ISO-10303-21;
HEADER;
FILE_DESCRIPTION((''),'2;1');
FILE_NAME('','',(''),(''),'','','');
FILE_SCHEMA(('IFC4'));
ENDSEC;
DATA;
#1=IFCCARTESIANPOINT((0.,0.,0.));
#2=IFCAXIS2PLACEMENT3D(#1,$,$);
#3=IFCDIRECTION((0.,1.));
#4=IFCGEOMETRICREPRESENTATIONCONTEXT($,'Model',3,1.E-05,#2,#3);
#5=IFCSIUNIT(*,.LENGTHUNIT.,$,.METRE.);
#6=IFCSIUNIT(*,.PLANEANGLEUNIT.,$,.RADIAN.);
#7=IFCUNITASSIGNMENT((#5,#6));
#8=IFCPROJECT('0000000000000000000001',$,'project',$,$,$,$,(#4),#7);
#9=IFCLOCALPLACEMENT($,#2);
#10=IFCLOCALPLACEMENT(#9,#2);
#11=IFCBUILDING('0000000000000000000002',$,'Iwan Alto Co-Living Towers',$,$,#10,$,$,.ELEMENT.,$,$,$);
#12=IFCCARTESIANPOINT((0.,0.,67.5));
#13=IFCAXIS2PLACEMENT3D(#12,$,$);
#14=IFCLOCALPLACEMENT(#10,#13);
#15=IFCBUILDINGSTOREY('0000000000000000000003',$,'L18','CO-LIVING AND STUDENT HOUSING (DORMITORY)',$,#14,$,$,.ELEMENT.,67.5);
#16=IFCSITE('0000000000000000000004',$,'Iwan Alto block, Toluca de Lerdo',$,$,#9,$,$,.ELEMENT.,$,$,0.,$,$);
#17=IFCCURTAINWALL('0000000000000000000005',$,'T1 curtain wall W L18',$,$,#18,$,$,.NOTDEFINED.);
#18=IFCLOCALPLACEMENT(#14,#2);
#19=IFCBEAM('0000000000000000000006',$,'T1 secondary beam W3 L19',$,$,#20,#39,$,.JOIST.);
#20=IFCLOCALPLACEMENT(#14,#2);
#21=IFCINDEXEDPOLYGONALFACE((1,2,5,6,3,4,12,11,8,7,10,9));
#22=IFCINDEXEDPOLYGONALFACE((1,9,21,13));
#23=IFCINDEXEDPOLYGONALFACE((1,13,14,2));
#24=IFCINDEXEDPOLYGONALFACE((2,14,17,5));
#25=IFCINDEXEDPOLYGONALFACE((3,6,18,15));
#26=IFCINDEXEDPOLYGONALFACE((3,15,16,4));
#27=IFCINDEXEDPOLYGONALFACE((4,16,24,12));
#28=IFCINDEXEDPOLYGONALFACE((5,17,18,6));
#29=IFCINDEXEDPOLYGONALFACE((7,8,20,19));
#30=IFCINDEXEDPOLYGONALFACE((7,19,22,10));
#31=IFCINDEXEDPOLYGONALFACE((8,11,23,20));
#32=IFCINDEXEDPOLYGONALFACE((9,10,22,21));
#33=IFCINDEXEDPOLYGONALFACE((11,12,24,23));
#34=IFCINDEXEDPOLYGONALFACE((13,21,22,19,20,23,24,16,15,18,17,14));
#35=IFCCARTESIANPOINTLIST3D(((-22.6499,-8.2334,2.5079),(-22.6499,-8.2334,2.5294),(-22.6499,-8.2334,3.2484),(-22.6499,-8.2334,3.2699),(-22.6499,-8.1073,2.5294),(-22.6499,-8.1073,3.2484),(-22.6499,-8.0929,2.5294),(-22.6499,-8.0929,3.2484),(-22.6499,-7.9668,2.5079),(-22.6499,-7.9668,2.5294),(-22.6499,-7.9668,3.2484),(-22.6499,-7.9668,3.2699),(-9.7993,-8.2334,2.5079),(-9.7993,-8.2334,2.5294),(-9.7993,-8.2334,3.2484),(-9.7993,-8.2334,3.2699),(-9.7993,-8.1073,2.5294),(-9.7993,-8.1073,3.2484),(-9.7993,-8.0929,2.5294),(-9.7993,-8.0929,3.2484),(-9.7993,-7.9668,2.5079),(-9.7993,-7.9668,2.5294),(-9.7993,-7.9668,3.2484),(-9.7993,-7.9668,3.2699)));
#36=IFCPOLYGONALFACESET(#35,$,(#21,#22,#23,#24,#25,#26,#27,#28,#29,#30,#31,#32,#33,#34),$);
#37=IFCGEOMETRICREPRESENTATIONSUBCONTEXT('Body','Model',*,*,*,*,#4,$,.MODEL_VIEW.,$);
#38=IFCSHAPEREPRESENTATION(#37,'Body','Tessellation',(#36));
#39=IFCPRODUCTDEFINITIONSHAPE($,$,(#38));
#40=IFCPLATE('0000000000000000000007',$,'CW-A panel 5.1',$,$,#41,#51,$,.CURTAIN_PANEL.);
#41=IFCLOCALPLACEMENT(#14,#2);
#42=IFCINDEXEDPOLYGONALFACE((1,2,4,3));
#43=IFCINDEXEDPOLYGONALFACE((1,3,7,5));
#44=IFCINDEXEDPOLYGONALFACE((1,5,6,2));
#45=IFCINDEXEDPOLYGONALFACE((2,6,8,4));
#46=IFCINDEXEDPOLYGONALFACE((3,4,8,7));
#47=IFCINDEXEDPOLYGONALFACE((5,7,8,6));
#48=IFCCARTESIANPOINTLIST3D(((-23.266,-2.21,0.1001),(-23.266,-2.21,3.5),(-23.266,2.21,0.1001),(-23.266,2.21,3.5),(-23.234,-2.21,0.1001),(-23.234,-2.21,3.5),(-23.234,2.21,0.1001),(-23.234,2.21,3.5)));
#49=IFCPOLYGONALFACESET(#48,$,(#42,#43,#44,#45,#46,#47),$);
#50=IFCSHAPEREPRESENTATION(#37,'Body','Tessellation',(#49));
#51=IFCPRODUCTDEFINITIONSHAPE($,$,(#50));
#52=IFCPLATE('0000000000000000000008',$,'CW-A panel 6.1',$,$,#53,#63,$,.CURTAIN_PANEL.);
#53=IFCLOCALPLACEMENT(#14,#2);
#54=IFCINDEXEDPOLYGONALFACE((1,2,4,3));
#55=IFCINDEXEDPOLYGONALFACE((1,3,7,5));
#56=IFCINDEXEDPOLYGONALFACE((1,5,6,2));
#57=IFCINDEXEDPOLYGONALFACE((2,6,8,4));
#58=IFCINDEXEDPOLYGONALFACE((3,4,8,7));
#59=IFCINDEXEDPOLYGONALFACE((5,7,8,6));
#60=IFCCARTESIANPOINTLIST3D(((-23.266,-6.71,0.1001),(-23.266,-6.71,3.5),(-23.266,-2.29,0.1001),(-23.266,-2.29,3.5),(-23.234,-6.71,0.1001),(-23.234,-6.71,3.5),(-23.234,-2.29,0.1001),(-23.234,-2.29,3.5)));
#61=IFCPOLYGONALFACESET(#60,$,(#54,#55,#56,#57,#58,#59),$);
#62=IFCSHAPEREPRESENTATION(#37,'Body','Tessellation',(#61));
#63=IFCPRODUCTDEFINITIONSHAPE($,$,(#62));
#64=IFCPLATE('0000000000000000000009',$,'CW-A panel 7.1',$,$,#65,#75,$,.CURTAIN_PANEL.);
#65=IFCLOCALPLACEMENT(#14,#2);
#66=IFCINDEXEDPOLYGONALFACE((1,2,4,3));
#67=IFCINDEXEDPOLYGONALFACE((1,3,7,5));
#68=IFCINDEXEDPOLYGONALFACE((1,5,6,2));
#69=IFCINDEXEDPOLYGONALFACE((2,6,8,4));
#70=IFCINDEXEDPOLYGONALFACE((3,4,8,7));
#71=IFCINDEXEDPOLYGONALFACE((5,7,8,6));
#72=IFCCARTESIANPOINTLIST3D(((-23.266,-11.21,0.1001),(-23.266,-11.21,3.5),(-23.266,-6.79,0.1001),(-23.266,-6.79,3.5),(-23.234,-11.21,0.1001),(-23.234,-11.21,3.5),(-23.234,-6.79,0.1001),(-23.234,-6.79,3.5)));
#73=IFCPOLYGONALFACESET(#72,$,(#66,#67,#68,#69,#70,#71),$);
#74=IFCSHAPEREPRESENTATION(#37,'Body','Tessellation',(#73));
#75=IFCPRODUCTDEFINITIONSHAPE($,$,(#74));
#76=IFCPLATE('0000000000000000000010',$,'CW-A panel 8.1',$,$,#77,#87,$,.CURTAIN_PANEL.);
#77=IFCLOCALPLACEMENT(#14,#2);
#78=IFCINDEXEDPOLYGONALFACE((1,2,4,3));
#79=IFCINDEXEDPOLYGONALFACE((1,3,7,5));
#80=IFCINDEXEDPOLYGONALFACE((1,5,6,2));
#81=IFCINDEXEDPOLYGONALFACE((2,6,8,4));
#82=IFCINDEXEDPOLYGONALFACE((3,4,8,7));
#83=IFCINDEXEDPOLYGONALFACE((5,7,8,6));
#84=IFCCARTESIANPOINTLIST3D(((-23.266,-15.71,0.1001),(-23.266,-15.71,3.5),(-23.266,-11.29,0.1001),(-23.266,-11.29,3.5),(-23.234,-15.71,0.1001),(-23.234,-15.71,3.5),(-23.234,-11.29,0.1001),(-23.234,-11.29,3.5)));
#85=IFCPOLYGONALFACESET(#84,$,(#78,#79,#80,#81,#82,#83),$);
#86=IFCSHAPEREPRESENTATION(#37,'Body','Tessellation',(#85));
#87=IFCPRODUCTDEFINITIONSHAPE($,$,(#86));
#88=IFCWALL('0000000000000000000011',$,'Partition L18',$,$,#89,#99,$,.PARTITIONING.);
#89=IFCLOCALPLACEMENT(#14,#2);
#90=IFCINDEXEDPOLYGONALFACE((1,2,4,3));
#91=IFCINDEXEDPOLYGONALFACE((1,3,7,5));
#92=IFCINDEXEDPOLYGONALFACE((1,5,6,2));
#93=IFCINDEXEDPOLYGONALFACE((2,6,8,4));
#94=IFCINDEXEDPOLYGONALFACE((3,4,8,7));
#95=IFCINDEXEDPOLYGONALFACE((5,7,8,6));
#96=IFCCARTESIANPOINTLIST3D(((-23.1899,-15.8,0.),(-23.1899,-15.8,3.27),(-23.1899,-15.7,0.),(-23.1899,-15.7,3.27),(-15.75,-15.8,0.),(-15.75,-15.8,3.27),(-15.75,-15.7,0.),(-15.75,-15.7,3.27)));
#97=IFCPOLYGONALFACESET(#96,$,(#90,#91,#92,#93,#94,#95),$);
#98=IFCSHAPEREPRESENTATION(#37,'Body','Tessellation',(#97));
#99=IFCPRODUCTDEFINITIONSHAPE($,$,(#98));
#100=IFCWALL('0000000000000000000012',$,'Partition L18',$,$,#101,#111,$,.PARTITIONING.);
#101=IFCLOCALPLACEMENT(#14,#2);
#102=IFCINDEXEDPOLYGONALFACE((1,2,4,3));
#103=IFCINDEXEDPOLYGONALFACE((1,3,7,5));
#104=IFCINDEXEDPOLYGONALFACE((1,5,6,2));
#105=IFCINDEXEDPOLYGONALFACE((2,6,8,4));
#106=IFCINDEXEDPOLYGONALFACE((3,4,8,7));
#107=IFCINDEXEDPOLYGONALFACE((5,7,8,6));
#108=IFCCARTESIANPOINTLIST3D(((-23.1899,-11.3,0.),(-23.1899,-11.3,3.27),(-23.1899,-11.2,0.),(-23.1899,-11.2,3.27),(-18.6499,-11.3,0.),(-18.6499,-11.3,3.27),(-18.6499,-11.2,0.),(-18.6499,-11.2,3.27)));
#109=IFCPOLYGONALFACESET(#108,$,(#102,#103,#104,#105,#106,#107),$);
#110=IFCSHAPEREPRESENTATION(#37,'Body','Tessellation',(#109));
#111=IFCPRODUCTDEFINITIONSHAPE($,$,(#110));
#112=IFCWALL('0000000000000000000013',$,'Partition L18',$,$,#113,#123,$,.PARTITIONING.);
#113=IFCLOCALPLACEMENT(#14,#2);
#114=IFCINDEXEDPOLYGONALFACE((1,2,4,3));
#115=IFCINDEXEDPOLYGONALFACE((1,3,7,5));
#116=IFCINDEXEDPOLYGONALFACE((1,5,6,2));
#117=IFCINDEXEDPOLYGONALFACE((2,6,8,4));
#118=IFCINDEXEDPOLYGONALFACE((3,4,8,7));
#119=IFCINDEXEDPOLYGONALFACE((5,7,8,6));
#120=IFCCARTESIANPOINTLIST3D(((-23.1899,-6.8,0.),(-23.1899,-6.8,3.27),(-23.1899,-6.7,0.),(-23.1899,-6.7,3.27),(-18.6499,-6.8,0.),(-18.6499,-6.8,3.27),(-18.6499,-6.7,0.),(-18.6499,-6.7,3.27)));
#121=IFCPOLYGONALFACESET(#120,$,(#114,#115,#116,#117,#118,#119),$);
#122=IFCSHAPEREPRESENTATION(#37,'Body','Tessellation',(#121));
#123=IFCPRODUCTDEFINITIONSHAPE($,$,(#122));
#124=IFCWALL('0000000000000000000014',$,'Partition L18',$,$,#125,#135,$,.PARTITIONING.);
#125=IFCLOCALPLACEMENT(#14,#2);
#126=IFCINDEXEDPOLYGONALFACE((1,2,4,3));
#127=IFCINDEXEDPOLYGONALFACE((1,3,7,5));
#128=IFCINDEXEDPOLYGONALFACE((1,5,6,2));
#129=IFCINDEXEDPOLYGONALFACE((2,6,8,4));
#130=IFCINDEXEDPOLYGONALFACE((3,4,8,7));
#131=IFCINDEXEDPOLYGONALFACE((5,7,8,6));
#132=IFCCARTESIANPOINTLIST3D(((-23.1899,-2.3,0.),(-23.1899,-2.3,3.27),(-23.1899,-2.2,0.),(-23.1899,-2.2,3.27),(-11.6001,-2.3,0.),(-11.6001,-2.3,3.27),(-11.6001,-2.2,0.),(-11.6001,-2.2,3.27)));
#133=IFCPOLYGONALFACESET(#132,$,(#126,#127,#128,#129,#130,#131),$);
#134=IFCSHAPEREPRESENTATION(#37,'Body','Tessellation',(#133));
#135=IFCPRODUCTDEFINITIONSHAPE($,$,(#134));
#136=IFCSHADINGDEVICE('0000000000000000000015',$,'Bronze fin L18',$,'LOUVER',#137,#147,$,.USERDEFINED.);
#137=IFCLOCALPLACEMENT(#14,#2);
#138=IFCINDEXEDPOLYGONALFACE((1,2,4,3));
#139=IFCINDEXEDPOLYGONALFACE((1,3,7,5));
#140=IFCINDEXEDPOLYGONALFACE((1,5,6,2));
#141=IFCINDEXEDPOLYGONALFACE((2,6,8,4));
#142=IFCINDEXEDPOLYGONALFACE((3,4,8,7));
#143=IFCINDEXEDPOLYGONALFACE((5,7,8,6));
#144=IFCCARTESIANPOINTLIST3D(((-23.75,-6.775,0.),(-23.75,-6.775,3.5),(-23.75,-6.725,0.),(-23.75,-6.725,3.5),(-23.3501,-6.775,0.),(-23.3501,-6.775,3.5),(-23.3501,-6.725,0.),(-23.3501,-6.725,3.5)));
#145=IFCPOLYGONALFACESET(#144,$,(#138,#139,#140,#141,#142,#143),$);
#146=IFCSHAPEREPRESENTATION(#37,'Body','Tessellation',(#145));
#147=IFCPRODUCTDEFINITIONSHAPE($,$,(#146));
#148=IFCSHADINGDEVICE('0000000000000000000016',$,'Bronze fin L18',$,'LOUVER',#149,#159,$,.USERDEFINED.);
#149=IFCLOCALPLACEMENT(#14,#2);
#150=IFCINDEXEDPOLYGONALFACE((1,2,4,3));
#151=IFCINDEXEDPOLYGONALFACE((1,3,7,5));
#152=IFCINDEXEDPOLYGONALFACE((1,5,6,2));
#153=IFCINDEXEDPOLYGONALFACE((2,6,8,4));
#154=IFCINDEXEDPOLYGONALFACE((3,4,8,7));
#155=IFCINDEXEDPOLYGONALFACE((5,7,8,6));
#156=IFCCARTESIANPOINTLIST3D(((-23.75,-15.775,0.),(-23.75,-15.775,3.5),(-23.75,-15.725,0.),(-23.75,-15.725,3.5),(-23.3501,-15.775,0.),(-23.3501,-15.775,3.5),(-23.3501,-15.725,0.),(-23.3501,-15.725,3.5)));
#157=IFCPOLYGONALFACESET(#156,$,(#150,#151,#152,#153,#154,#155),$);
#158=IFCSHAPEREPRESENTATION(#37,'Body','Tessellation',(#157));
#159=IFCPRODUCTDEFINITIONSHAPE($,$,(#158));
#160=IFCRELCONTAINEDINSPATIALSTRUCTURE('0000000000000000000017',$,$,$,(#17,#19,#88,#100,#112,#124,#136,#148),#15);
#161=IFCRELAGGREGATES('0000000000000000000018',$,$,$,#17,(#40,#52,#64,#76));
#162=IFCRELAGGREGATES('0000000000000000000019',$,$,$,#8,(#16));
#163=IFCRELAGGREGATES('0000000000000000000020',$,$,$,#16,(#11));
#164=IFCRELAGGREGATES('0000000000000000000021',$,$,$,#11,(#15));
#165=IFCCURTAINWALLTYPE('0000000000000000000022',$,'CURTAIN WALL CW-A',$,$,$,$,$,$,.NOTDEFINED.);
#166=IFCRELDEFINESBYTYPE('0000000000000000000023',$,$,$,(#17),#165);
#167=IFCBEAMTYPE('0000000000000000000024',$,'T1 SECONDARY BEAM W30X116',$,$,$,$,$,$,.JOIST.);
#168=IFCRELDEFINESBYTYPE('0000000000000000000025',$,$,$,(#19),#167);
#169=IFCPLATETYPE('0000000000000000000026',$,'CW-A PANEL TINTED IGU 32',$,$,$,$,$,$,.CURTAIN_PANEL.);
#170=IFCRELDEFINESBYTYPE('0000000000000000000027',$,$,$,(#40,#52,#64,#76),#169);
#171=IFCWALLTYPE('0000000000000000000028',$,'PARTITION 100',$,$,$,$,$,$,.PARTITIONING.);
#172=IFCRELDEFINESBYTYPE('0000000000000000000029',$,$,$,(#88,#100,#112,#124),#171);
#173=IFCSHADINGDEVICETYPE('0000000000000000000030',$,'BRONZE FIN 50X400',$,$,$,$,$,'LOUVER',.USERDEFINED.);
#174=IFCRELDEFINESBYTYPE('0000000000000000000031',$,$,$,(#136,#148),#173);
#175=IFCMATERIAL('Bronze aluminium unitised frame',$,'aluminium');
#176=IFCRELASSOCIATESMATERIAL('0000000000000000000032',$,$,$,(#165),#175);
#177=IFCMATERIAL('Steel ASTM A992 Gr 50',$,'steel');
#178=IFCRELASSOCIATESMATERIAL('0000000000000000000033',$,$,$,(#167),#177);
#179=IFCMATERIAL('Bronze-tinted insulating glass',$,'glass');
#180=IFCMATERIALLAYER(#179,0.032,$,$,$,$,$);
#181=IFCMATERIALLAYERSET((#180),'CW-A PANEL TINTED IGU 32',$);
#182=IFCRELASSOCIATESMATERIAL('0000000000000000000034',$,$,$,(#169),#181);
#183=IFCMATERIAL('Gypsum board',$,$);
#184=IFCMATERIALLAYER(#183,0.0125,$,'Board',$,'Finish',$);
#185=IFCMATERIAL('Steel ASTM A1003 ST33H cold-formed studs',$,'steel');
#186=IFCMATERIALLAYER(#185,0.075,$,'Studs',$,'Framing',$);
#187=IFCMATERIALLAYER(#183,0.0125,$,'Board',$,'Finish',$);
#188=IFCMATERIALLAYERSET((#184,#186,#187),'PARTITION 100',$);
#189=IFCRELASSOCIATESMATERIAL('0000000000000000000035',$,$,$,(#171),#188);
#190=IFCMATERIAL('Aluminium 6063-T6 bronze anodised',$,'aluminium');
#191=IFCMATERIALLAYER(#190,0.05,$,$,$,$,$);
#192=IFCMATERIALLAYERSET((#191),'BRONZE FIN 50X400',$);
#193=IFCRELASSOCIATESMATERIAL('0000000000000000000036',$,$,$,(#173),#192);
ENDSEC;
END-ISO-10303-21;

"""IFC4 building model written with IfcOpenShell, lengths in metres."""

from ifc_helpers import new_model, si_unit, direction, frame, frame_2d, origin, origin_2d, place, context, subcontext, project, spatial, rectangle, i_section, extrude, material, layer, layer_set, material_profile, profile_set, type_object, element, aggregate, save


model = new_model("IFC4")

# Units and contexts
model_context = context("Model", 3, precision=1e-05, world=origin(), true_north=direction((0.0, 1.0)))
body_context = subcontext(model_context, "Body", "Model", "MODEL_VIEW")
ifc_project = project(units=[si_unit("LENGTHUNIT", "METRE"), si_unit("PLANEANGLEUNIT", "RADIAN")], contexts=[model_context])

# Site, building, storey
site_placement = place(None, origin())
site = spatial("IfcSite", under=ifc_project, at=site_placement, Name="Iwan Alto block, Toluca de Lerdo", CompositionType="ELEMENT", RefElevation=0.0)
building_placement = place(site_placement, origin())
building = spatial("IfcBuilding", under=site, at=building_placement, Name="Iwan Alto Co-Living Towers", CompositionType="ELEMENT")
storey_placement = place(building_placement, frame((0.0, 0.0, 67.5)))
storey = spatial("IfcBuildingStorey", under=building, at=storey_placement, Name="L18", Description="CO-LIVING AND STUDENT HOUSING (DORMITORY)", CompositionType="ELEMENT", Elevation=67.5)

# Curtain wall
ifc_material_1 = material(Name="Bronze aluminium unitised frame", Category="aluminium")
curtain_wall_type = type_object("IfcCurtainWallType", Name="CURTAIN WALL CW-A", PredefinedType="NOTDEFINED", material=ifc_material_1)
curtain_wall_placement = place(storey_placement, origin())
curtain_wall = element("IfcCurtainWall", 1, at=curtain_wall_placement, inside=storey, type_object=curtain_wall_type, Name="T1 curtain wall W L18", PredefinedType="NOTDEFINED")

# Beam
ifc_material_2 = material(Name="Steel ASTM A992 Gr 50", Category="steel")
ifc_material_profile_1 = material_profile(ifc_material_2, i_section(OverallWidth=0.2666, OverallDepth=0.762, WebThickness=0.0144, FlangeThickness=0.0215, at=origin_2d()), Name="W30X116")
ifc_profile_set_1 = profile_set([ifc_material_profile_1], Name="Steel ASTM A992 Gr 50")
beam_type_1 = type_object("IfcBeamType", Name="T1 SECONDARY BEAM W30X116", PredefinedType="JOIST", material=ifc_profile_set_1)
beam_1_placement = place(storey_placement, frame((-22.6499, -8.1001, 2.8889), z_axis=(1.0, 0.0, 0.0), x_axis=(0.0, 1.0, 0.0)))
element("IfcBeam", 2, at=beam_1_placement, inside=storey, type_object=beam_type_1, Name="T1 secondary beam W3 L19", PredefinedType="JOIST", context=body_context, shape_type="SweptSolid", body=[
    extrude(i_section(OverallWidth=0.2666, OverallDepth=0.762, WebThickness=0.0144, FlangeThickness=0.0215, at=origin_2d()), origin(), (0.0, 0.0, 1.0), 12.8506),
])

# Plates
ifc_material_3 = material(Name="Bronze-tinted insulating glass", Category="glass")
ifc_layer_1 = layer(ifc_material_3, 0.032)
ifc_layer_set_1 = layer_set([ifc_layer_1], Name="CW-A PANEL TINTED IGU 32")
plate_type = type_object("IfcPlateType", Name="CW-A PANEL TINTED IGU 32", PredefinedType="CURTAIN_PANEL", material=ifc_layer_set_1)
plate_1_placement = place(storey_placement, frame((-23.25, 0.0, 0.1001), z_axis=(0.0, 0.0, 1.0), x_axis=(0.0, -1.0, 0.0)))
plate_1 = element("IfcPlate", 3, at=plate_1_placement, type_object=plate_type, Name="CW-A panel 5.1", PredefinedType="CURTAIN_PANEL", context=body_context, shape_type="SweptSolid", body=[
    extrude(rectangle(XDim=4.4199, YDim=0.032, at=origin_2d()), origin(), (0.0, 0.0, 1.0), 3.3999),
])
plate_2_placement = place(storey_placement, frame((-23.25, -4.5, 0.1001), z_axis=(0.0, 0.0, 1.0), x_axis=(0.0, -1.0, 0.0)))
plate_2 = element("IfcPlate", 4, at=plate_2_placement, type_object=plate_type, Name="CW-A panel 6.1", PredefinedType="CURTAIN_PANEL", context=body_context, shape_type="SweptSolid", body=[
    extrude(rectangle(XDim=4.4199, YDim=0.032, at=origin_2d()), origin(), (0.0, 0.0, 1.0), 3.3999),
])
plate_3_placement = place(storey_placement, frame((-23.25, -9.0, 0.1001), z_axis=(0.0, 0.0, 1.0), x_axis=(0.0, -1.0, 0.0)))
plate_3 = element("IfcPlate", 5, at=plate_3_placement, type_object=plate_type, Name="CW-A panel 7.1", PredefinedType="CURTAIN_PANEL", context=body_context, shape_type="SweptSolid", body=[
    extrude(rectangle(XDim=4.4199, YDim=0.032, at=origin_2d()), origin(), (0.0, 0.0, 1.0), 3.3999),
])
plate_4_placement = place(storey_placement, frame((-23.25, -13.5, 0.1001), z_axis=(0.0, 0.0, 1.0), x_axis=(0.0, -1.0, 0.0)))
plate_4 = element("IfcPlate", 6, at=plate_4_placement, type_object=plate_type, Name="CW-A panel 8.1", PredefinedType="CURTAIN_PANEL", context=body_context, shape_type="SweptSolid", body=[
    extrude(rectangle(XDim=4.4199, YDim=0.032, at=origin_2d()), origin(), (0.0, 0.0, 1.0), 3.3999),
])
aggregate(curtain_wall, [plate_1, plate_2, plate_3, plate_4])

# Walls
ifc_material_4 = material(Name="Gypsum board")
ifc_layer_2 = layer(ifc_material_4, 0.0125, Name="Board", Category="Finish")
ifc_material_5 = material(Name="Steel ASTM A1003 ST33H cold-formed studs", Category="steel")
ifc_layer_3 = layer(ifc_material_5, 0.075, Name="Studs", Category="Framing")
ifc_layer_4 = layer(ifc_material_4, 0.0125, Name="Board", Category="Finish")
ifc_layer_set_2 = layer_set([ifc_layer_2, ifc_layer_3, ifc_layer_4], Name="PARTITION 100")
wall_type = type_object("IfcWallType", Name="PARTITION 100", PredefinedType="PARTITIONING", material=ifc_layer_set_2)
wall_1_placement = place(storey_placement, frame((-23.1899, -15.75, 0.0), z_axis=(0.0, 0.0, 1.0), x_axis=(1.0, 0.0, 0.0)))
element("IfcWall", 7, at=wall_1_placement, inside=storey, type_object=wall_type, Name="Partition L18", PredefinedType="PARTITIONING", context=body_context, shape_type="SweptSolid", body=[
    extrude(rectangle(XDim=7.4399, YDim=0.1001, at=frame_2d((3.72, 0.0))), origin(), (0.0, 0.0, 1.0), 3.27),
])
for number, where, z_axis, x_axis, name in (
    (8, (-23.1899, -11.25, 0.0), (0.0, 0.0, 1.0), (1.0, 0.0, 0.0), "Partition L18"),
    (9, (-23.1899, -6.75, 0.0), (0.0, 0.0, 1.0), (1.0, 0.0, 0.0), "Partition L18"),
):
    element("IfcWall", number, at=place(storey_placement, frame(where, z_axis=z_axis, x_axis=x_axis)), inside=storey, type_object=wall_type, Name=name, PredefinedType="PARTITIONING", context=body_context, shape_type="SweptSolid", body=[
        extrude(rectangle(XDim=4.54, YDim=0.1001, at=frame_2d((2.27, 0.0))), origin(), (0.0, 0.0, 1.0), 3.27),
    ])
wall_2_placement = place(storey_placement, frame((-23.1899, -2.25, 0.0), z_axis=(0.0, 0.0, 1.0), x_axis=(1.0, 0.0, 0.0)))
element("IfcWall", 10, at=wall_2_placement, inside=storey, type_object=wall_type, Name="Partition L18", PredefinedType="PARTITIONING", context=body_context, shape_type="SweptSolid", body=[
    extrude(rectangle(XDim=11.5898, YDim=0.1001, at=frame_2d((5.7949, 0.0))), origin(), (0.0, 0.0, 1.0), 3.27),
])

# Shading devices
ifc_material_6 = material(Name="Aluminium 6063-T6 bronze anodised", Category="aluminium")
ifc_layer_5 = layer(ifc_material_6, 0.05)
ifc_layer_set_3 = layer_set([ifc_layer_5], Name="BRONZE FIN 50X400")
shading_device_type = type_object("IfcShadingDeviceType", Name="BRONZE FIN 50X400", ElementType="LOUVER", PredefinedType="USERDEFINED", material=ifc_layer_set_3)
for number, where, z_axis, x_axis, name in (
    (11, (-23.55, -6.75, 0.0), (0.0, 0.0, 1.0), (0.0, -1.0, 0.0), "Bronze fin L18"),
    (12, (-23.55, -15.75, 0.0), (0.0, 0.0, 1.0), (0.0, -1.0, 0.0), "Bronze fin L18"),
):
    element("IfcShadingDevice", number, at=place(storey_placement, frame(where, z_axis=z_axis, x_axis=x_axis)), inside=storey, type_object=shading_device_type, Name=name, ObjectType="LOUVER", PredefinedType="USERDEFINED", context=body_context, shape_type="SweptSolid", body=[
        extrude(rectangle(XDim=0.05, YDim=0.3999, at=origin_2d()), origin(), (0.0, 0.0, 1.0), 3.5),
    ])

save(model, "model.ifc")
